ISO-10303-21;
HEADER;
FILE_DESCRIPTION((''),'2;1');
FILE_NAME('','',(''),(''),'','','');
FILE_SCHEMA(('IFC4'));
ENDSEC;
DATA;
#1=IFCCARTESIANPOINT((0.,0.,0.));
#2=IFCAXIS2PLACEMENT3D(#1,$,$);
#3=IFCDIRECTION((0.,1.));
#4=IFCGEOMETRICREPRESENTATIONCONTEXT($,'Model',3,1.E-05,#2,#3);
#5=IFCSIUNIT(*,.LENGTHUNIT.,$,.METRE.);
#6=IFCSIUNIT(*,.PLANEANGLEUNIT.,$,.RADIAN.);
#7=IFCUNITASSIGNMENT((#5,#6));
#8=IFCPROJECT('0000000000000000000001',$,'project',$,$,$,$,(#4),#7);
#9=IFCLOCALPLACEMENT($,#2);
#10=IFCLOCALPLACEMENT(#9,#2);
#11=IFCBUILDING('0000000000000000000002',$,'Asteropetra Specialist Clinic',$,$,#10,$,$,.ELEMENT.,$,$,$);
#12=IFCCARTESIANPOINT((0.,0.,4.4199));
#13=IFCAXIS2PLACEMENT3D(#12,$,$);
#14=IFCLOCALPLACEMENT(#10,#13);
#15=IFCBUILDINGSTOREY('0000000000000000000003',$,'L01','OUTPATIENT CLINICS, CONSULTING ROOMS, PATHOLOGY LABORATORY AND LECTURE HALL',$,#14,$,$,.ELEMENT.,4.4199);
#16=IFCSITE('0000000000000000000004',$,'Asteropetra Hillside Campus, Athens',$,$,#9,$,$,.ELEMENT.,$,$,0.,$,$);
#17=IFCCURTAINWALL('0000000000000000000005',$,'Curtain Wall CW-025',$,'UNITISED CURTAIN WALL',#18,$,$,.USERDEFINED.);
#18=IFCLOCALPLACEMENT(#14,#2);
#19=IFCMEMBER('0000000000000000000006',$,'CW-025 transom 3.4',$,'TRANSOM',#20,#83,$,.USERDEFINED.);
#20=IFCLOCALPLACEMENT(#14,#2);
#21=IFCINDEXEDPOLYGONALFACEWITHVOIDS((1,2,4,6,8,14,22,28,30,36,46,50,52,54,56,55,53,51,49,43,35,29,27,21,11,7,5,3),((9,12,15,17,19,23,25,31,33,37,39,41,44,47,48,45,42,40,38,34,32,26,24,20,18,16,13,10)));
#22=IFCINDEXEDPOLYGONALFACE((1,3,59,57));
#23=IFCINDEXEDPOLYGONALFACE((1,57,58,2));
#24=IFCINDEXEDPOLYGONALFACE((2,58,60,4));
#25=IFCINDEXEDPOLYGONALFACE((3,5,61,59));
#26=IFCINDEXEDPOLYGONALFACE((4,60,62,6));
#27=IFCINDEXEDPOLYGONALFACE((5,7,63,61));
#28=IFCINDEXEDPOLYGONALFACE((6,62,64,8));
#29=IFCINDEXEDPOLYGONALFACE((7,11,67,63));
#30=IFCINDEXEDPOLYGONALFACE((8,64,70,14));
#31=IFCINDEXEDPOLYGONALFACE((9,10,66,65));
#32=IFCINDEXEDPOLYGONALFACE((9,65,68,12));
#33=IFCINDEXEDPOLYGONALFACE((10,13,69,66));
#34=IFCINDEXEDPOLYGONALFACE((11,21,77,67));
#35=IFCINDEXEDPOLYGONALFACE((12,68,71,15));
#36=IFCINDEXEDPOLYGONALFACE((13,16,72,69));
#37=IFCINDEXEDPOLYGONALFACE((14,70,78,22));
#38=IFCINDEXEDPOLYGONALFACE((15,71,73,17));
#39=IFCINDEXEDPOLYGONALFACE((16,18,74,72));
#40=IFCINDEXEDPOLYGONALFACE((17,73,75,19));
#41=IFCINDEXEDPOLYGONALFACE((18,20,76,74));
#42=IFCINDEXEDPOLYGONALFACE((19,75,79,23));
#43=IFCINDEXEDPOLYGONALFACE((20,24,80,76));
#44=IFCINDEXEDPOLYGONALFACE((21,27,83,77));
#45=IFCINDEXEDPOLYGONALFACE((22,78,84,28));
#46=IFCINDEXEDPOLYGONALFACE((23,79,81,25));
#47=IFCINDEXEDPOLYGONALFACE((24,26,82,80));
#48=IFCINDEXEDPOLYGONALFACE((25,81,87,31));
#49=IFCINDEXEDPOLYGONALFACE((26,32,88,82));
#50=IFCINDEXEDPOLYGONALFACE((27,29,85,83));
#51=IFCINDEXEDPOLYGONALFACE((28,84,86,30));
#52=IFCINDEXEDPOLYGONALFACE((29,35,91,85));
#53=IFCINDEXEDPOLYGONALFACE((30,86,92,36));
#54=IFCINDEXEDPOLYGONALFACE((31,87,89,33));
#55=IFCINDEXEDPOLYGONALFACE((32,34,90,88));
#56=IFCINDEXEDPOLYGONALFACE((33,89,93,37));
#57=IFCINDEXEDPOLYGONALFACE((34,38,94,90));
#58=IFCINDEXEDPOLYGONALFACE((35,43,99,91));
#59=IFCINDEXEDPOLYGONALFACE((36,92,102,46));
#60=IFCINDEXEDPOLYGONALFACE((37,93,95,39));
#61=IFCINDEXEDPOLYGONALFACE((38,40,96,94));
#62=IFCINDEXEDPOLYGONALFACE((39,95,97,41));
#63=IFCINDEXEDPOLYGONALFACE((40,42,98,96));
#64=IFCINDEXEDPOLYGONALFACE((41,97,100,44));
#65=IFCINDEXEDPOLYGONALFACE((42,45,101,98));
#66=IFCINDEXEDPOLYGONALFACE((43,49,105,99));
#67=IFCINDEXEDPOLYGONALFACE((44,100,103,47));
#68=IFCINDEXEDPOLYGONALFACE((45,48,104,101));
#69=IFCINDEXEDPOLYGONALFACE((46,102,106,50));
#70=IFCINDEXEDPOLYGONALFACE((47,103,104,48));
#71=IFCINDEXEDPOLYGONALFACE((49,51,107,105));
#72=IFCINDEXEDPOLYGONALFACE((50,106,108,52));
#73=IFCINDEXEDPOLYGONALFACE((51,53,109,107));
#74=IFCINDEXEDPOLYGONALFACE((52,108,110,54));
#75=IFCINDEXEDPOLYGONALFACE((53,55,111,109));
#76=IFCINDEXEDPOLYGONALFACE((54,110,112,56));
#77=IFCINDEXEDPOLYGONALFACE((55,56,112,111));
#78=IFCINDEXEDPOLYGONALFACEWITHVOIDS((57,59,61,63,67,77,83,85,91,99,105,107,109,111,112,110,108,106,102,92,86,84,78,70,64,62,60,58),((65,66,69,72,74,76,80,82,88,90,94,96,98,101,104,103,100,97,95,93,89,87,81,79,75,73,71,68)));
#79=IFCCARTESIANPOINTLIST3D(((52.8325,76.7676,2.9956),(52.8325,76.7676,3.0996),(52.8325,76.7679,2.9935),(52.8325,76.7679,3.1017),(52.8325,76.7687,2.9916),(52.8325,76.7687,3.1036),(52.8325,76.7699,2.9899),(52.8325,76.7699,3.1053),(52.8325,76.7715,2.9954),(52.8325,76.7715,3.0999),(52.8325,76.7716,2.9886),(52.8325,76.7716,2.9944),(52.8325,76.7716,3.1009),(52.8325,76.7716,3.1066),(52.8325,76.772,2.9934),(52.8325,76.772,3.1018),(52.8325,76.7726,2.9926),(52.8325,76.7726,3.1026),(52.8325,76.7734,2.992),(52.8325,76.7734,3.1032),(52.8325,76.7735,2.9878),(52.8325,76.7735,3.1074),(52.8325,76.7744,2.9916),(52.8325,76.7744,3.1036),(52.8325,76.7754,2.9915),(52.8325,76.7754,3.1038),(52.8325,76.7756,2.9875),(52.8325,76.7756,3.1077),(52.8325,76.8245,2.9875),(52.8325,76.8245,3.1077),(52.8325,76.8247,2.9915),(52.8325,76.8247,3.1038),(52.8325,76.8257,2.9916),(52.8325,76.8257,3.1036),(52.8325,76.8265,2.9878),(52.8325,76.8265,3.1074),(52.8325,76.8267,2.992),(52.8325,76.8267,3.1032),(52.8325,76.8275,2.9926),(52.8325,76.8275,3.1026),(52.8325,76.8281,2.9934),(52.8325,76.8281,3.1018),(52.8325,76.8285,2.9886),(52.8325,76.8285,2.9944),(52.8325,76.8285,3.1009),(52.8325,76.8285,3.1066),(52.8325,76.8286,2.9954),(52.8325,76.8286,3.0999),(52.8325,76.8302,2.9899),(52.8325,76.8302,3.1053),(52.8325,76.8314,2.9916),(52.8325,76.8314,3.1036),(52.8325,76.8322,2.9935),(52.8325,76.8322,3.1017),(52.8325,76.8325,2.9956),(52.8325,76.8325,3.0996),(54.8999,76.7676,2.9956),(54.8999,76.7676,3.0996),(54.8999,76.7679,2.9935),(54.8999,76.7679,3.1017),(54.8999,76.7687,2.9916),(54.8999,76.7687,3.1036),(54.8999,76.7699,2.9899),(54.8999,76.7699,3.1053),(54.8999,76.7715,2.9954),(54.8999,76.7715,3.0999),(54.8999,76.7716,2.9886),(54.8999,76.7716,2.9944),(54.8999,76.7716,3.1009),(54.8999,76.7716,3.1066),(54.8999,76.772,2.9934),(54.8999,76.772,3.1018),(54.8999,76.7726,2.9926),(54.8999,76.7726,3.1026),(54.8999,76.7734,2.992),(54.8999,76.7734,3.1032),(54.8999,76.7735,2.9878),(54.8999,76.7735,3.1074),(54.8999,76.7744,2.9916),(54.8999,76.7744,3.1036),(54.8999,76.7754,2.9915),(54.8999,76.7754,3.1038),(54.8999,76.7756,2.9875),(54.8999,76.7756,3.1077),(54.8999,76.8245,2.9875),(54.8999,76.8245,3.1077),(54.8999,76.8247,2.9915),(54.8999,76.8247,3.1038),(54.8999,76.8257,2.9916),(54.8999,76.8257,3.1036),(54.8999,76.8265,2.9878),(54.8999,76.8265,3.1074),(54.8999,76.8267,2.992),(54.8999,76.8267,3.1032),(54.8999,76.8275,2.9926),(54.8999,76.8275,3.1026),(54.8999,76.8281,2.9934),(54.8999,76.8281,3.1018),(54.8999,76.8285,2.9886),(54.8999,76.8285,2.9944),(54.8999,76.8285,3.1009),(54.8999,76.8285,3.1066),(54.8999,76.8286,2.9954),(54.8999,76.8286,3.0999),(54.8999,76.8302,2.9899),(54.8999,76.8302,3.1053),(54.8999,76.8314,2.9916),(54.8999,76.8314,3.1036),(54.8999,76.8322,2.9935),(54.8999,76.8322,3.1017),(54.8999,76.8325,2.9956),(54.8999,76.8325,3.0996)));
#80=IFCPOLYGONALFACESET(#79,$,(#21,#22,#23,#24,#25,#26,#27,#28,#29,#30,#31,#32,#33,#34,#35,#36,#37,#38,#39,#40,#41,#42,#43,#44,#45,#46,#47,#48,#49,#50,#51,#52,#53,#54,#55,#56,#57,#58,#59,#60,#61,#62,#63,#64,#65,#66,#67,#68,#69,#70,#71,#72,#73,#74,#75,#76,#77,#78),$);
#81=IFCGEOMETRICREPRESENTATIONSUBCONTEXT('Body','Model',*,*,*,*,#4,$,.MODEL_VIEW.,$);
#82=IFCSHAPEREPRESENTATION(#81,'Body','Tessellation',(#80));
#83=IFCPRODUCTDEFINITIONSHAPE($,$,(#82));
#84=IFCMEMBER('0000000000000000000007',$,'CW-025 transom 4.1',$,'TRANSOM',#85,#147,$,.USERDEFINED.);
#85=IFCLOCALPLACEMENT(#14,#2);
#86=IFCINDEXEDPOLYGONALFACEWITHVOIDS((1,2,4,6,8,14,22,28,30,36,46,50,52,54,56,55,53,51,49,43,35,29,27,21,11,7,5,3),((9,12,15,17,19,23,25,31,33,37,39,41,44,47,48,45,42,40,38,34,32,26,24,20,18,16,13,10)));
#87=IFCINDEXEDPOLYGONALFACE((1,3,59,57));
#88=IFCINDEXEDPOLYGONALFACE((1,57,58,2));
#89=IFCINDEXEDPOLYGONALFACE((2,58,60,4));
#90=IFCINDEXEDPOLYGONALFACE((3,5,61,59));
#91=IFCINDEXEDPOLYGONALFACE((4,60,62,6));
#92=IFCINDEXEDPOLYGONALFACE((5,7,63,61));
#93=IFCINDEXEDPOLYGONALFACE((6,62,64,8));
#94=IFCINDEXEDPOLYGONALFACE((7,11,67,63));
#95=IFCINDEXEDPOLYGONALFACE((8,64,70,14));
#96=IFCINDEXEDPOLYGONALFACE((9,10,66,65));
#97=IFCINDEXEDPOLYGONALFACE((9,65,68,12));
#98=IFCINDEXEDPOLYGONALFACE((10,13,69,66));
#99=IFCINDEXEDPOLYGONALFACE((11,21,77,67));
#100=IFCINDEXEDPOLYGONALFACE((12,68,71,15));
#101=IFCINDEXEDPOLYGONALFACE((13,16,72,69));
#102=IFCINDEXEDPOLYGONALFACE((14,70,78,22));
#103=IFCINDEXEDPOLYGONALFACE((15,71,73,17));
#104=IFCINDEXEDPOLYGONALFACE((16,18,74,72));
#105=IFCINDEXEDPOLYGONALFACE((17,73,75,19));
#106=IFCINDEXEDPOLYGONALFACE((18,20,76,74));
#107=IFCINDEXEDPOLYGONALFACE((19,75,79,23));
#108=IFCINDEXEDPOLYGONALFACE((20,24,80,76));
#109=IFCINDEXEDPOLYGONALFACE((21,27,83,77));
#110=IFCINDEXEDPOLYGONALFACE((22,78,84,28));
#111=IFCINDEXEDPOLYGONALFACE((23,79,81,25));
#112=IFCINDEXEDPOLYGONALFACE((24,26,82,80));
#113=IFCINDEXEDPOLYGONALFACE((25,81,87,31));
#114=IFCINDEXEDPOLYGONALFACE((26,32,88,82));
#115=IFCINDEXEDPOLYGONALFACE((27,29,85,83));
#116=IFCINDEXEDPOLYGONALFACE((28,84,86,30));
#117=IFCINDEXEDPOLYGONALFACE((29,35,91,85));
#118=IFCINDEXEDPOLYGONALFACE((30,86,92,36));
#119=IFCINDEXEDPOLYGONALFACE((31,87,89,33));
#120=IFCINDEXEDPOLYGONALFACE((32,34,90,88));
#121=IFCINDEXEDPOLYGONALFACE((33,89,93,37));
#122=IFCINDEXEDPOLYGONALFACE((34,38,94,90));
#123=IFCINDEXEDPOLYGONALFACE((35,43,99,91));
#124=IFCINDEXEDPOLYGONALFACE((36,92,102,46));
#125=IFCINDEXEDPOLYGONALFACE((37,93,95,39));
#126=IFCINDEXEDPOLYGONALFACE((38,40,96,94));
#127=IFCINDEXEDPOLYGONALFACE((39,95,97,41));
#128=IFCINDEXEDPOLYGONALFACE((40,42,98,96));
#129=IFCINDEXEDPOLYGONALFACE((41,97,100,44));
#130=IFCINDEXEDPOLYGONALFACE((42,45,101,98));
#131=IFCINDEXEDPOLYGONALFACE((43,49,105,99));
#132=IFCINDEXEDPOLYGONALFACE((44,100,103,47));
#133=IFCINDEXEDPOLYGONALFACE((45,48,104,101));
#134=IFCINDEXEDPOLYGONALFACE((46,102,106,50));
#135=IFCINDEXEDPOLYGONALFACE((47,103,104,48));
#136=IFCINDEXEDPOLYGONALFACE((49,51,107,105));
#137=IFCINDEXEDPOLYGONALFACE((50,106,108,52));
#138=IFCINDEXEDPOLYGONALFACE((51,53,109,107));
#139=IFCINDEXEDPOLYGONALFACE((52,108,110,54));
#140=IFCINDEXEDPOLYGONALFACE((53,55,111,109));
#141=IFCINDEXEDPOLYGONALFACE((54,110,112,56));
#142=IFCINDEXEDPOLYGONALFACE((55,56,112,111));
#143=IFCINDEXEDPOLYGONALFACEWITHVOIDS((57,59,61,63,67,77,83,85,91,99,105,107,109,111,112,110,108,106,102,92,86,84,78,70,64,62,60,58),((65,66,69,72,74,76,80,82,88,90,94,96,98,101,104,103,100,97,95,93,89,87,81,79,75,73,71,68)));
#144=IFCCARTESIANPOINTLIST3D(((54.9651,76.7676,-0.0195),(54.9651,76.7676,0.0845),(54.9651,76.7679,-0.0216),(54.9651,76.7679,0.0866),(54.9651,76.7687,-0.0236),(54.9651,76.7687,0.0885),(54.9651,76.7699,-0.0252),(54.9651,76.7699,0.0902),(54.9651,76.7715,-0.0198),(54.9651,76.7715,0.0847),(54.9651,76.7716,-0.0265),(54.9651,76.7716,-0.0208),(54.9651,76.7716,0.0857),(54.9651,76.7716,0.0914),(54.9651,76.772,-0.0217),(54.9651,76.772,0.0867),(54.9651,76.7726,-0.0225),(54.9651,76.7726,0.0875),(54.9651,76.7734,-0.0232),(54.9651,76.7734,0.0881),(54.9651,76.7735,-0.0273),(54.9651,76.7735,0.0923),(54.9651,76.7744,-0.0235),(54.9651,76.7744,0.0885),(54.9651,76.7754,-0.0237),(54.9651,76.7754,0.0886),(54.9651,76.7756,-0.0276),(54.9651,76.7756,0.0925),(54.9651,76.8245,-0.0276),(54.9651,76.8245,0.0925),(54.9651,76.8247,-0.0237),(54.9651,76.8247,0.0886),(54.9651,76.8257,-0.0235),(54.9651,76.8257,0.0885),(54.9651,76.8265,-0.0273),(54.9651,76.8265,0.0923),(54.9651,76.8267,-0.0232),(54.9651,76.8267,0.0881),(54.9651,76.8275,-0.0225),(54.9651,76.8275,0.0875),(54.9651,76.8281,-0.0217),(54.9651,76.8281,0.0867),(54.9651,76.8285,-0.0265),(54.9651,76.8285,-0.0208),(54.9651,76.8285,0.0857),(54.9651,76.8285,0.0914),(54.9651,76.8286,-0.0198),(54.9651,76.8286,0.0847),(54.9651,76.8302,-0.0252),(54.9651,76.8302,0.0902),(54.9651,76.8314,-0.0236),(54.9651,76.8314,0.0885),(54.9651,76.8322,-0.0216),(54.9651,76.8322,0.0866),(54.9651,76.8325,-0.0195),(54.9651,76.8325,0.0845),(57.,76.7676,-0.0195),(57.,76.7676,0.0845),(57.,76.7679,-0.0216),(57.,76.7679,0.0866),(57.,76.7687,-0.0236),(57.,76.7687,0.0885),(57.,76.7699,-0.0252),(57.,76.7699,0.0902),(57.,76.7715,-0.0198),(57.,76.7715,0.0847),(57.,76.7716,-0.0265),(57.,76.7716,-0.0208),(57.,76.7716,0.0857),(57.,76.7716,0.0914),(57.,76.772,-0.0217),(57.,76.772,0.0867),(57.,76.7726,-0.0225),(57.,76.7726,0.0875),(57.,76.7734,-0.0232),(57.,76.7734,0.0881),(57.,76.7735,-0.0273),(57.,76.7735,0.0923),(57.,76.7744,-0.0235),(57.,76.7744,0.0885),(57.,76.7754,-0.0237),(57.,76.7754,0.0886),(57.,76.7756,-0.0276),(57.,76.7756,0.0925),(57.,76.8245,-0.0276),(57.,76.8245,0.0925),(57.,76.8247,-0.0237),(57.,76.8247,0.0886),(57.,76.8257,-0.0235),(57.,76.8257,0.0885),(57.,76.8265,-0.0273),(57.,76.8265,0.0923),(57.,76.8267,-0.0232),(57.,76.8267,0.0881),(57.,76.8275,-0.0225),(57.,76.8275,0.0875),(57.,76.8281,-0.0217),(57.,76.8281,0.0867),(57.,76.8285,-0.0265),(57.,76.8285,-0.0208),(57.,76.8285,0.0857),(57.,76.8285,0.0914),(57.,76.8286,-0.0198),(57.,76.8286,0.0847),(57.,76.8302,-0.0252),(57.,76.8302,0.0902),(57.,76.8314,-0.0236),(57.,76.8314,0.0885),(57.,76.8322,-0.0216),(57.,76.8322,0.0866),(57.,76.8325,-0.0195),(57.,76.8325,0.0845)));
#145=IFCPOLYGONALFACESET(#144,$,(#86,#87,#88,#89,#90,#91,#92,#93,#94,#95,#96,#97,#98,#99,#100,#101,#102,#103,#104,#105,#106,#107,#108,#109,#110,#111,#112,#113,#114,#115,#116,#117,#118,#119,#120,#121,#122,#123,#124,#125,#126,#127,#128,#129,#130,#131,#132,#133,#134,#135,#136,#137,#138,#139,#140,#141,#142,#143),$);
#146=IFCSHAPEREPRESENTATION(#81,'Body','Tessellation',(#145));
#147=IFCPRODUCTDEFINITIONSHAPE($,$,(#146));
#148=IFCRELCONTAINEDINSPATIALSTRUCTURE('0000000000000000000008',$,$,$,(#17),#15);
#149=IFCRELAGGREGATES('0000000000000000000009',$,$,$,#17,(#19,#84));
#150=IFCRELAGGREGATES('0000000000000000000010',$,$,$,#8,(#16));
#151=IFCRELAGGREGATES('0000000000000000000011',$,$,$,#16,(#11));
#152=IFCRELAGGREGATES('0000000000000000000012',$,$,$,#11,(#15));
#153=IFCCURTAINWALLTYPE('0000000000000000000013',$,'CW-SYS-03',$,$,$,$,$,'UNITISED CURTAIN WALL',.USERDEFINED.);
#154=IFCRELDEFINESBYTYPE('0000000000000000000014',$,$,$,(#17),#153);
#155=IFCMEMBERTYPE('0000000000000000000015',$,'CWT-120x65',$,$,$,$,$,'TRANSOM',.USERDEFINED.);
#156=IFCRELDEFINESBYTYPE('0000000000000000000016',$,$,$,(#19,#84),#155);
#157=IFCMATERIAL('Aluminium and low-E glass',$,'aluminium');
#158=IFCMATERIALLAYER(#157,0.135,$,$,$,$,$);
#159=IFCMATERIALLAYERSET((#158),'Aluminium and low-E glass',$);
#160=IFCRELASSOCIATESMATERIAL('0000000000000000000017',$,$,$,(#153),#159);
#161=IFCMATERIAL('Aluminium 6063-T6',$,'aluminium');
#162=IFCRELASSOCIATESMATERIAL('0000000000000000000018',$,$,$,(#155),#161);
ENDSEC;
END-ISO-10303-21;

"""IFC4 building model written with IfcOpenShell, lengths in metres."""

from ifc_helpers import new_model, si_unit, direction, frame, origin, origin_2d, place, context, subcontext, project, spatial, hollow_rectangle, extrude, material, layer, layer_set, material_profile, profile_set, type_object, element, aggregate, save


model = new_model("IFC4")

# Units and contexts
model_context = context("Model", 3, precision=1e-05, world=origin(), true_north=direction((0.0, 1.0)))
body_context = subcontext(model_context, "Body", "Model", "MODEL_VIEW")
ifc_project = project(units=[si_unit("LENGTHUNIT", "METRE"), si_unit("PLANEANGLEUNIT", "RADIAN")], contexts=[model_context])

# Site, building, storey
site_placement = place(None, origin())
site = spatial("IfcSite", under=ifc_project, at=site_placement, Name="Asteropetra Hillside Campus, Athens", CompositionType="ELEMENT", RefElevation=0.0)
building_placement = place(site_placement, origin())
building = spatial("IfcBuilding", under=site, at=building_placement, Name="Asteropetra Specialist Clinic", CompositionType="ELEMENT")
storey_placement = place(building_placement, frame((0.0, 0.0, 4.4199)))
storey = spatial("IfcBuildingStorey", under=building, at=storey_placement, Name="L01", Description="OUTPATIENT CLINICS, CONSULTING ROOMS, PATHOLOGY LABORATORY AND LECTURE HALL", CompositionType="ELEMENT", Elevation=4.4199)

# Curtain wall
ifc_material_1 = material(Name="Aluminium and low-E glass", Category="aluminium")
ifc_layer_1 = layer(ifc_material_1, 0.135)
ifc_layer_set_1 = layer_set([ifc_layer_1], Name="Aluminium and low-E glass")
curtain_wall_type_1 = type_object("IfcCurtainWallType", Name="CW-SYS-03", ElementType="UNITISED CURTAIN WALL", PredefinedType="USERDEFINED", material=ifc_layer_set_1)
curtain_wall_1_placement = place(storey_placement, origin())
curtain_wall_1 = element("IfcCurtainWall", 1, at=curtain_wall_1_placement, inside=storey, type_object=curtain_wall_type_1, Name="Curtain Wall CW-025", ObjectType="UNITISED CURTAIN WALL", PredefinedType="USERDEFINED")

# Members
ifc_material_2 = material(Name="Aluminium 6063-T6", Category="aluminium")
ifc_material_profile_1 = material_profile(ifc_material_2, hollow_rectangle(XDim=0.0649, YDim=0.1201, WallThickness=0.0039, InnerFilletRadius=0.0039, OuterFilletRadius=0.0081, at=origin_2d()), Name="TRN 120x65x4.0")
ifc_profile_set_1 = profile_set([ifc_material_profile_1], Name="Aluminium 6063-T6")
member_type_1 = type_object("IfcMemberType", Name="CWT-120x65", ElementType="TRANSOM", PredefinedType="USERDEFINED", material=ifc_profile_set_1)
member_1_placement = place(storey_placement, frame((52.8325, 76.8, 3.0476), z_axis=(1.0, 0.0, 0.0), x_axis=(0.0, 1.0, 0.0)))
member_1 = element("IfcMember", 2, at=member_1_placement, type_object=member_type_1, Name="CW-025 transom 3.4", ObjectType="TRANSOM", PredefinedType="USERDEFINED", context=body_context, shape_type="SweptSolid", body=[
    extrude(hollow_rectangle(XDim=0.0649, YDim=0.1201, WallThickness=0.0039, InnerFilletRadius=0.0039, OuterFilletRadius=0.0081, at=origin_2d()), origin(), (0.0, 0.0, 1.0), 2.0674),
])
member_2_placement = place(storey_placement, frame((54.9651, 76.8, 0.0325), z_axis=(1.0, 0.0, 0.0), x_axis=(0.0, 1.0, 0.0)))
member_2 = element("IfcMember", 3, at=member_2_placement, type_object=member_type_1, Name="CW-025 transom 4.1", ObjectType="TRANSOM", PredefinedType="USERDEFINED", context=body_context, shape_type="SweptSolid", body=[
    extrude(hollow_rectangle(XDim=0.0649, YDim=0.1201, WallThickness=0.0039, InnerFilletRadius=0.0039, OuterFilletRadius=0.0081, at=origin_2d()), origin(), (0.0, 0.0, 1.0), 2.0349),
])

aggregate(curtain_wall_1, [member_1, member_2])

save(model, "model.ifc")
